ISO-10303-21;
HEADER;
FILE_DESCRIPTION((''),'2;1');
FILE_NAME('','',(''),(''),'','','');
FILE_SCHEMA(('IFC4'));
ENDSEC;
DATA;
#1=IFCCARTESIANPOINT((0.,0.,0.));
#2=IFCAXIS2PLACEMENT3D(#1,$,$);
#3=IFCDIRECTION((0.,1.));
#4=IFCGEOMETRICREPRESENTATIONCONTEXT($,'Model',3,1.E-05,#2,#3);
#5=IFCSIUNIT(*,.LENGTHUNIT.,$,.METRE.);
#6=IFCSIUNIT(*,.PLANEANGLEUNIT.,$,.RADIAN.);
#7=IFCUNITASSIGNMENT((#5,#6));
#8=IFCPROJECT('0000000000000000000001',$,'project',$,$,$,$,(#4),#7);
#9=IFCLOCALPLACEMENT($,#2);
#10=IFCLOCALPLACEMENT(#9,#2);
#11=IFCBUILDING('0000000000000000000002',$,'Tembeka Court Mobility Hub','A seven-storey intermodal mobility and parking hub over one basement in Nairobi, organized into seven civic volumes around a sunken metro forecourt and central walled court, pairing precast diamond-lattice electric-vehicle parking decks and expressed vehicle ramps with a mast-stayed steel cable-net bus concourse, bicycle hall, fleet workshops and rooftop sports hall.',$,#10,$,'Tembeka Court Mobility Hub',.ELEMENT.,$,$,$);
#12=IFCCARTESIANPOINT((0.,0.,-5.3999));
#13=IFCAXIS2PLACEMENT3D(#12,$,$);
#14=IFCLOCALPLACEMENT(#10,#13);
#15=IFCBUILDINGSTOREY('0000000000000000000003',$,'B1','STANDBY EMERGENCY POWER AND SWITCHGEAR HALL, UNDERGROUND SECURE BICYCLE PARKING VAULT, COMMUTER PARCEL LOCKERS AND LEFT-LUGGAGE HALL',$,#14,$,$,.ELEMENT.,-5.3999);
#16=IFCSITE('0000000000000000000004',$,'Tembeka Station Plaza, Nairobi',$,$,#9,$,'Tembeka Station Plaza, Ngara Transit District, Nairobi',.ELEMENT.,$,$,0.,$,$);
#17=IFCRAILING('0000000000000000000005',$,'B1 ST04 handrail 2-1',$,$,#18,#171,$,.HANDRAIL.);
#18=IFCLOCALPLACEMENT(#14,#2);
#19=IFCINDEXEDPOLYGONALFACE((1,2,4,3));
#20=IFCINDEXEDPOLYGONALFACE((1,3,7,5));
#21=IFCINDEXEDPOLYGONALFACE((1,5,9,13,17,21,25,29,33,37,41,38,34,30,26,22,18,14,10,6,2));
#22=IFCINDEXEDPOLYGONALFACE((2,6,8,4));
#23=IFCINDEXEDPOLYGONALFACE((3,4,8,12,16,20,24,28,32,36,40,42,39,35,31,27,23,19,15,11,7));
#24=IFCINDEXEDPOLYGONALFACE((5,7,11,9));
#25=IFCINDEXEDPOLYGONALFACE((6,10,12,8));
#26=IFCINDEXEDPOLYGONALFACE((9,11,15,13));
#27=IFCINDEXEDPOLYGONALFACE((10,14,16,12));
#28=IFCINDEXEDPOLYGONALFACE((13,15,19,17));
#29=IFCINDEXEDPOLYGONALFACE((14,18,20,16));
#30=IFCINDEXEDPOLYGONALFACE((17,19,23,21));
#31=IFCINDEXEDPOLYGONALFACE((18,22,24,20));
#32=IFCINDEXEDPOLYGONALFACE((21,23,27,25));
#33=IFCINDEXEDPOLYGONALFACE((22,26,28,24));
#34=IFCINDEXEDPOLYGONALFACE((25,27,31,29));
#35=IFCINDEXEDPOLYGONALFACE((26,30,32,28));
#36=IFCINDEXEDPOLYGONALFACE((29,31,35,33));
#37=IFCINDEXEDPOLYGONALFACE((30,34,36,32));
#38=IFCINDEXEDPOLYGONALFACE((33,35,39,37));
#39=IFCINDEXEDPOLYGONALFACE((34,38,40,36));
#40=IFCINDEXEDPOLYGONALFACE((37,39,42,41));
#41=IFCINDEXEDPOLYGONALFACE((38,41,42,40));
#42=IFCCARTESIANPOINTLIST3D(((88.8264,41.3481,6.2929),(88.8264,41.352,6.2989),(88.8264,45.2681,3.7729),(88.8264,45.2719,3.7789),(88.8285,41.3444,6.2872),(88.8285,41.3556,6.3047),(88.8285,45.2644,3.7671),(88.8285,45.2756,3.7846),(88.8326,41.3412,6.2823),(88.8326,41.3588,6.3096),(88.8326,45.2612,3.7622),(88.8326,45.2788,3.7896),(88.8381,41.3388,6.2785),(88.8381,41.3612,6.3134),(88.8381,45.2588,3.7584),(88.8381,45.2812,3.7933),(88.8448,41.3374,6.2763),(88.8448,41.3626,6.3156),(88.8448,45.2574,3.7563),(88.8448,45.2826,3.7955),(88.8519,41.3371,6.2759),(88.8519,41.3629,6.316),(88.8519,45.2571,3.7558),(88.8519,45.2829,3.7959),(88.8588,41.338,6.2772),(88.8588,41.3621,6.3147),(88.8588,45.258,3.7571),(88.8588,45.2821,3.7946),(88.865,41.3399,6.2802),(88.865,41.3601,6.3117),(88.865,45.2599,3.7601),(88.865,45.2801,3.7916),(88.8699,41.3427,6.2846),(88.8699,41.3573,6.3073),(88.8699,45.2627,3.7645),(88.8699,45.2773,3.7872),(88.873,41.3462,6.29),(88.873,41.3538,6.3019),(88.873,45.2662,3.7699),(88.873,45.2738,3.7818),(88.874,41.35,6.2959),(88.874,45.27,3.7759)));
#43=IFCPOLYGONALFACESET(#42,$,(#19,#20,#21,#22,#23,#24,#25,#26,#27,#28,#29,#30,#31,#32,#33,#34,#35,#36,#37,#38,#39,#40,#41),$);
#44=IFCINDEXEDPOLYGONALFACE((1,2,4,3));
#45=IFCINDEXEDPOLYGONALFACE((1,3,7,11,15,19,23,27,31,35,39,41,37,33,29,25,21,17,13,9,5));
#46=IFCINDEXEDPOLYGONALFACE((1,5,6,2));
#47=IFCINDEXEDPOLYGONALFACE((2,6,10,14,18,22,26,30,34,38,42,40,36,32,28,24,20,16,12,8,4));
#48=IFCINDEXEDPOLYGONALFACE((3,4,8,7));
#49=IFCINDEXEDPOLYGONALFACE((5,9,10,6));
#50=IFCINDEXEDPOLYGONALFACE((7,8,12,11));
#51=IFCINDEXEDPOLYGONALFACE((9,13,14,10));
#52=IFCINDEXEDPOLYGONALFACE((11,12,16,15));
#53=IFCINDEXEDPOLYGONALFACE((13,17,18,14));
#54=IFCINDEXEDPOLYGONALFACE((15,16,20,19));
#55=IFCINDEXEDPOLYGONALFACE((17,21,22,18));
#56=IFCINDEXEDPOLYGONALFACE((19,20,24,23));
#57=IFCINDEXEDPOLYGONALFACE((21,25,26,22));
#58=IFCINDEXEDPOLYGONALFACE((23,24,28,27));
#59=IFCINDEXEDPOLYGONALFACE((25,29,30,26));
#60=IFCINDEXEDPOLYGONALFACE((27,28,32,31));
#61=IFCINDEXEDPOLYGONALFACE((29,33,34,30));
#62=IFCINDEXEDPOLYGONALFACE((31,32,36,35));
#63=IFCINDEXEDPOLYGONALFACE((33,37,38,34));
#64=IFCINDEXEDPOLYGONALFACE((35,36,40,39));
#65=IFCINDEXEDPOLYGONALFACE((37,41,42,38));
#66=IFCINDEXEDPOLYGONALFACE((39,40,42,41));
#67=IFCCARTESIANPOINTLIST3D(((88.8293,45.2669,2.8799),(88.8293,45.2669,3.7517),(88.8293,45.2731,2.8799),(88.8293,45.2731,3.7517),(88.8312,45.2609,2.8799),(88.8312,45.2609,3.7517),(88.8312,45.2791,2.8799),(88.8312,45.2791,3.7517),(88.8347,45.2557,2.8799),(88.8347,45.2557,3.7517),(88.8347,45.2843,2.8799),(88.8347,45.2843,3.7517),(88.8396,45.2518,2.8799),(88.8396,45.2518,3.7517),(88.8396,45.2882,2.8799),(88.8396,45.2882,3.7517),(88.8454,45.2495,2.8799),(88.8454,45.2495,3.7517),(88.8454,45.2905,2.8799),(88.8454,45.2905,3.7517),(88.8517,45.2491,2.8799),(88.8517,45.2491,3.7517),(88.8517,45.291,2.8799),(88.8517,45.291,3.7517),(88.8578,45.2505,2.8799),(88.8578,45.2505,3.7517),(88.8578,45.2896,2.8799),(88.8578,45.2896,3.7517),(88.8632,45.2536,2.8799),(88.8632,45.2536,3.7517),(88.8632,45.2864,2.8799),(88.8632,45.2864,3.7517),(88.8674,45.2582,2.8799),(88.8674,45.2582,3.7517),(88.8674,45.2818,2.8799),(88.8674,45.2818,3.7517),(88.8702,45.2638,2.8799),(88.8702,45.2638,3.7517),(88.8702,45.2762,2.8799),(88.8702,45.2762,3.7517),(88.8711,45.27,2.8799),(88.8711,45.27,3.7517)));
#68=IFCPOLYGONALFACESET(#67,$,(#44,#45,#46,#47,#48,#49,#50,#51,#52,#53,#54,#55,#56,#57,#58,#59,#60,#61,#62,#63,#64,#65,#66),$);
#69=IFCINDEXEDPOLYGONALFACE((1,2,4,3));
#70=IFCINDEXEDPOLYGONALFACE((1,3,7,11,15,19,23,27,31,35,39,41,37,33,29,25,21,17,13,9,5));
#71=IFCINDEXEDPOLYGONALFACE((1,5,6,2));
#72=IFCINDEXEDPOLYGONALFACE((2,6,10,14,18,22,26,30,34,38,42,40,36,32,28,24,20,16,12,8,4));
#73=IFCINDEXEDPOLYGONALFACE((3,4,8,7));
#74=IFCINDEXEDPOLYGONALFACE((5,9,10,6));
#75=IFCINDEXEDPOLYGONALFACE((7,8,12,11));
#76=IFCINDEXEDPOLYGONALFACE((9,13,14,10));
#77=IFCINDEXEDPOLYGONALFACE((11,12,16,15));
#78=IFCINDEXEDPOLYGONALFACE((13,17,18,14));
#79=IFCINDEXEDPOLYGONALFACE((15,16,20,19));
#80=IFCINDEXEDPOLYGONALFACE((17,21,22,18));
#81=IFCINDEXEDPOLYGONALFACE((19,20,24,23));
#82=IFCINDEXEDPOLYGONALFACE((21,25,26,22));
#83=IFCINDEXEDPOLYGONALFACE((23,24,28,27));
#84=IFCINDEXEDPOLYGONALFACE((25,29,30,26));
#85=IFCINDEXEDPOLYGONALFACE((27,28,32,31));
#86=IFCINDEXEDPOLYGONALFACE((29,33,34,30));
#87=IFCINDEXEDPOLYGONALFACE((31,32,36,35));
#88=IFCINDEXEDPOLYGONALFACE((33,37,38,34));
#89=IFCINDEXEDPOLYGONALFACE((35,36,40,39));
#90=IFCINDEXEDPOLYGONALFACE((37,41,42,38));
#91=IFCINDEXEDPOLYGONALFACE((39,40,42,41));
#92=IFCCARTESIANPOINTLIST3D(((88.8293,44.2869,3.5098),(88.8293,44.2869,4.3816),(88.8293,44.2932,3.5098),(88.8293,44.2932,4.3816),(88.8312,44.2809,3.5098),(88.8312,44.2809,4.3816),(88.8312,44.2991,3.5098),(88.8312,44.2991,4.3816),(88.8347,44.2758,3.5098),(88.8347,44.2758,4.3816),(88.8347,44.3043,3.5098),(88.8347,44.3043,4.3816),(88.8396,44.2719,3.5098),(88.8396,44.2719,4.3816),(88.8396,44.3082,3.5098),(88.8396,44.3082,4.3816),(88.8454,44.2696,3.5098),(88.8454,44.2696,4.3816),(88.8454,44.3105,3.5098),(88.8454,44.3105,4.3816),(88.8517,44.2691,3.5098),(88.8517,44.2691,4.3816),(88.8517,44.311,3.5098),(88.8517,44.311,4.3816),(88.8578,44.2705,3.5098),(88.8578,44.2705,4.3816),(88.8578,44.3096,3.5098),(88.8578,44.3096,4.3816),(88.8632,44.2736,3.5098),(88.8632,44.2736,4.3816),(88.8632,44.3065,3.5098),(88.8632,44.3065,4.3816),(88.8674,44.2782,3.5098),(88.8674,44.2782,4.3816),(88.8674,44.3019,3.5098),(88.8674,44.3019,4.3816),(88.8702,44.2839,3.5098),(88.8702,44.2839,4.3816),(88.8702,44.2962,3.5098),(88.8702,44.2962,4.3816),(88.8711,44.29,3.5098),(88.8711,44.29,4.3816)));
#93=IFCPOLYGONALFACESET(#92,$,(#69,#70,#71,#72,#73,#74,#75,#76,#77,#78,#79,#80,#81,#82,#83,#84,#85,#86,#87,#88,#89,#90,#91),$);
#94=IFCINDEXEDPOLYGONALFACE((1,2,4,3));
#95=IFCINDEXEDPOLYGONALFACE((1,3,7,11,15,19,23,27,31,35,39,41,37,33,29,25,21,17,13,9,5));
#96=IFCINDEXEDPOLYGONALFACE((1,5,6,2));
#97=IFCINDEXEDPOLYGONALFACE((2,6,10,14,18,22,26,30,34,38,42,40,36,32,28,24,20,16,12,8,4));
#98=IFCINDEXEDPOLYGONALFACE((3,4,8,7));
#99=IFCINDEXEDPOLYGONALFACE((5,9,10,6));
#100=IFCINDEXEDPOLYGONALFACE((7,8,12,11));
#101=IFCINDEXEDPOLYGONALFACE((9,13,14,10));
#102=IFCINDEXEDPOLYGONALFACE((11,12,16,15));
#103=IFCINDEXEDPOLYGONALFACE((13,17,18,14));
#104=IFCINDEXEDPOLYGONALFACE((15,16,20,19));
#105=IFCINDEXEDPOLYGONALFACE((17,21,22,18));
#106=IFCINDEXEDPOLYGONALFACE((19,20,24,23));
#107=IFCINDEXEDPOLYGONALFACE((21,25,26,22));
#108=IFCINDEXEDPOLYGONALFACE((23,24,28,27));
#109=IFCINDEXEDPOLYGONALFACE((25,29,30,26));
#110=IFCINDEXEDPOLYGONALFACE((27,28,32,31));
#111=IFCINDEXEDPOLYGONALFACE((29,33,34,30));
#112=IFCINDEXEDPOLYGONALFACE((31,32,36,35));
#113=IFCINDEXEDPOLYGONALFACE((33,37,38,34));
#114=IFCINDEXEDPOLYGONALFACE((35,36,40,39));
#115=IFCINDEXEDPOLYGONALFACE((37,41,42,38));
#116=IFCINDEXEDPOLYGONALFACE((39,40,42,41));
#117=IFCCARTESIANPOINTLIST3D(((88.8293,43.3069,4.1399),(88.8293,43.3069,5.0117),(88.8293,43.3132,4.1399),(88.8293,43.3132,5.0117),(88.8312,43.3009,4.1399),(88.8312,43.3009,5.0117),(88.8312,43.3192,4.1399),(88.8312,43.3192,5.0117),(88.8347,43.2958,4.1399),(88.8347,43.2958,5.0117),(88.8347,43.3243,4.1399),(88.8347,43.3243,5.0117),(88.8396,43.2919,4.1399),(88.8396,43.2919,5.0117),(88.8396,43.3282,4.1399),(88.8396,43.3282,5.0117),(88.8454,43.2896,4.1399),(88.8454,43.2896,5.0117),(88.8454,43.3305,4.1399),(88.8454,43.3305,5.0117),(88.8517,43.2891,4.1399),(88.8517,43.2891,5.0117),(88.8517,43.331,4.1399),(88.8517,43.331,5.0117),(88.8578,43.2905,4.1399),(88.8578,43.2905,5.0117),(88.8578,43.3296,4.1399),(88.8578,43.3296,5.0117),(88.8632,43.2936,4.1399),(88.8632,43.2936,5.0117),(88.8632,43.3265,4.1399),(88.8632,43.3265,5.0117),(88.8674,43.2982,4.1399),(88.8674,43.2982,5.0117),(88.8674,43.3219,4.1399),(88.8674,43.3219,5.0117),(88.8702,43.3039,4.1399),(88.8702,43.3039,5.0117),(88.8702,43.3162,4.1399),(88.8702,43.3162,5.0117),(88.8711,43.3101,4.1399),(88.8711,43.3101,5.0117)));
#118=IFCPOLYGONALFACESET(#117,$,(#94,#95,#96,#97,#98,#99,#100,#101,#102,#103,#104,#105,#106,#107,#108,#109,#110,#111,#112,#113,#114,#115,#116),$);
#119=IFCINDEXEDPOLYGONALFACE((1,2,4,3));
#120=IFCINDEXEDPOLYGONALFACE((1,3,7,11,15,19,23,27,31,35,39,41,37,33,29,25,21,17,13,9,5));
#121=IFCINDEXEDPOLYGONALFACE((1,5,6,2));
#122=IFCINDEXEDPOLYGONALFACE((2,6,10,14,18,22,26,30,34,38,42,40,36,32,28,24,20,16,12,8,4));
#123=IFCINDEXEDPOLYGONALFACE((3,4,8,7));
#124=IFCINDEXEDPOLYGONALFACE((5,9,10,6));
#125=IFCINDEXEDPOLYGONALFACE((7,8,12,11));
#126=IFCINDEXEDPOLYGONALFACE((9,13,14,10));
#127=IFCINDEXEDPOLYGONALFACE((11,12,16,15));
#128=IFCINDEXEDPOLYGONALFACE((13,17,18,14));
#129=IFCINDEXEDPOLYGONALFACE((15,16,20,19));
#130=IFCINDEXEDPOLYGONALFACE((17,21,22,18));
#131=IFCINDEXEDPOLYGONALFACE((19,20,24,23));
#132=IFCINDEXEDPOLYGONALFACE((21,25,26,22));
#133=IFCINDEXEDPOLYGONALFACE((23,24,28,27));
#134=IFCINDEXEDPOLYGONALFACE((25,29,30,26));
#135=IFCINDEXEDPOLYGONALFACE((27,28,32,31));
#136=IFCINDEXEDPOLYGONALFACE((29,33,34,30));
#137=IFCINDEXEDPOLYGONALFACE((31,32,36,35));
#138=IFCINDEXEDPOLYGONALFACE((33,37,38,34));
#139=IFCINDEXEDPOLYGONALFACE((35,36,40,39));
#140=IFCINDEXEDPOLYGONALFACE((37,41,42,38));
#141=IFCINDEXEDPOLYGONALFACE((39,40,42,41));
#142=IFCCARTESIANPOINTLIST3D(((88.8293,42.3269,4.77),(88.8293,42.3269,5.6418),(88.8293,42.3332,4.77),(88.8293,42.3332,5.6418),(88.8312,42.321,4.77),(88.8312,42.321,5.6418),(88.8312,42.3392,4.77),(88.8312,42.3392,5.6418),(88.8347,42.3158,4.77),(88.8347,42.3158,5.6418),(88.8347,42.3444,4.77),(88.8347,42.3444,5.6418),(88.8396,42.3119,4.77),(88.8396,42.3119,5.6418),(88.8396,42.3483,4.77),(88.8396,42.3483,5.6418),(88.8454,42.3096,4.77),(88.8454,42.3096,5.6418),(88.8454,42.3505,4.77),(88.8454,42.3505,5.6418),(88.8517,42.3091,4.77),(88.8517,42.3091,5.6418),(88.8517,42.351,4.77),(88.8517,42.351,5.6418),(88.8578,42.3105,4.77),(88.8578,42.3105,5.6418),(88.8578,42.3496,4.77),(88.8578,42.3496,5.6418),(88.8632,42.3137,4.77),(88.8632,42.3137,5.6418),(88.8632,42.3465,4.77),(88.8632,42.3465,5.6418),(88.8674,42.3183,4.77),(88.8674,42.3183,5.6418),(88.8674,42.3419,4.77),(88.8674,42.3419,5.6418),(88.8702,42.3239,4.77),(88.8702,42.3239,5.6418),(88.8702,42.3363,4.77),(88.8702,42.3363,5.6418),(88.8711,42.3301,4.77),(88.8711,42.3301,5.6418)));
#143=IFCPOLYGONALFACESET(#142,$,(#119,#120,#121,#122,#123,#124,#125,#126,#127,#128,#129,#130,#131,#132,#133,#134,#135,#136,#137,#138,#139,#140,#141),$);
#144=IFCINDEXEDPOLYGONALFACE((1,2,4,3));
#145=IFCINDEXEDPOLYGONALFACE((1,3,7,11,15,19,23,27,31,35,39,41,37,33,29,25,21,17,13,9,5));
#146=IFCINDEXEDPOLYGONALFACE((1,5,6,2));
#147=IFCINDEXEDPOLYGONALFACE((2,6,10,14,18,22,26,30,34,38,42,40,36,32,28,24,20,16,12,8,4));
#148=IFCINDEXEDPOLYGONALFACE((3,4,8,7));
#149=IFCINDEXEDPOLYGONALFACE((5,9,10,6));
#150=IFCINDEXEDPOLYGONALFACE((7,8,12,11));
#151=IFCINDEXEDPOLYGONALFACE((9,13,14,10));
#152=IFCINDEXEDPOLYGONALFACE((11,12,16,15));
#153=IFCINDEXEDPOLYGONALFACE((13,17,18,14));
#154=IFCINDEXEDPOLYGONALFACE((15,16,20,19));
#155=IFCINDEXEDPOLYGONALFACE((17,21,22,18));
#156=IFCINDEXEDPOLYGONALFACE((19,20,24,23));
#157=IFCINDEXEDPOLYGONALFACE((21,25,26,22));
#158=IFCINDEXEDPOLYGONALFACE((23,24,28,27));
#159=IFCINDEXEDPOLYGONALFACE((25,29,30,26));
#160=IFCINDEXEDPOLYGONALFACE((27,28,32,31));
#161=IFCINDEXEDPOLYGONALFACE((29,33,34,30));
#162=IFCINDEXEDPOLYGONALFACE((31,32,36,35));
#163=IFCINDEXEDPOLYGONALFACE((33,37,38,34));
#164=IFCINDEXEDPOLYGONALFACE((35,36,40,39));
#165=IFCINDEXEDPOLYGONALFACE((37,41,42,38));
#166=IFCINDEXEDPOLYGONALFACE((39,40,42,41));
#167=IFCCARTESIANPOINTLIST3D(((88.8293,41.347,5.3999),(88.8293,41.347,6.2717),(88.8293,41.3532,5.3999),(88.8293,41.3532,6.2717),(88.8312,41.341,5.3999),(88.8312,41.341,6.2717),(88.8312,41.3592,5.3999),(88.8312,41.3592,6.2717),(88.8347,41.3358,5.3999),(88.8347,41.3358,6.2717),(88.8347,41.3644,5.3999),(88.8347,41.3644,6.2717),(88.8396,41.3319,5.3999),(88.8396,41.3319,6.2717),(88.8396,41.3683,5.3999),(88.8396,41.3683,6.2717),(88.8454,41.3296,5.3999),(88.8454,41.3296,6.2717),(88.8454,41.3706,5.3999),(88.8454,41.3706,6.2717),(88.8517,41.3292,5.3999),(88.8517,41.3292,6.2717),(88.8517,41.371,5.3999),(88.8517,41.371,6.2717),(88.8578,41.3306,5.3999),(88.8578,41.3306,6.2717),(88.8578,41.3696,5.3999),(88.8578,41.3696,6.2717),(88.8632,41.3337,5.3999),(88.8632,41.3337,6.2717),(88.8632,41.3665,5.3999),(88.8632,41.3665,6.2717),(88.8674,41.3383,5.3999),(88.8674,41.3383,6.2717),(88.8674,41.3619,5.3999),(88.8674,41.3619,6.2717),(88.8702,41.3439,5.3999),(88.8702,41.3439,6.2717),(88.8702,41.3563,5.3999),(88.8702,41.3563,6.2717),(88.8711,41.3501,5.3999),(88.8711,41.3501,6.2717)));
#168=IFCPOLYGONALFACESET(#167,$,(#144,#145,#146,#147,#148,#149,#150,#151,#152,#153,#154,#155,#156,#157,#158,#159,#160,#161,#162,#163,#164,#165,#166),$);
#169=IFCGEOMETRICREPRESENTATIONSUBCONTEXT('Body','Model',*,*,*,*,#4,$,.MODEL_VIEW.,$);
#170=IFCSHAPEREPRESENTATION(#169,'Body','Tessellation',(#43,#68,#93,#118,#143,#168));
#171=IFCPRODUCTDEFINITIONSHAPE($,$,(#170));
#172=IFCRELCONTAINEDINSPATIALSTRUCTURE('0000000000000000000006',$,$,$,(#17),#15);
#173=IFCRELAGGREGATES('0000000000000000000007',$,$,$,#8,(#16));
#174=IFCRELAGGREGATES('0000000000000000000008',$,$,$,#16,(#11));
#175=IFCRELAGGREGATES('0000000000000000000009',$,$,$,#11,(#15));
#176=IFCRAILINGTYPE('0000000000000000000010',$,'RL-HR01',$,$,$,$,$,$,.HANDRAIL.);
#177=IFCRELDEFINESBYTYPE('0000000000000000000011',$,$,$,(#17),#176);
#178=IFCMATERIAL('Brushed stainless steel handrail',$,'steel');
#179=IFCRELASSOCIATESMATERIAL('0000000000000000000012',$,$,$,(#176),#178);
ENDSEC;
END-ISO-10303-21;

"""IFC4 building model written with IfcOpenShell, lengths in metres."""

from ifc_helpers import new_model, si_unit, direction, frame, origin, origin_2d, place, context, subcontext, project, spatial, circle, extrude, material, type_object, element, save


model = new_model("IFC4")

# Units and contexts
model_context = context("Model", 3, precision=1e-05, world=origin(), true_north=direction((0.0, 1.0)))
body_context = subcontext(model_context, "Body", "Model", "MODEL_VIEW")
ifc_project = project(units=[si_unit("LENGTHUNIT", "METRE"), si_unit("PLANEANGLEUNIT", "RADIAN")], contexts=[model_context])

# Site, building, storey
site_placement = place(None, origin())
site = spatial("IfcSite", under=ifc_project, at=site_placement, Name="Tembeka Station Plaza, Nairobi", LongName="Tembeka Station Plaza, Ngara Transit District, Nairobi", CompositionType="ELEMENT", RefElevation=0.0)
building_placement = place(site_placement, origin())
building = spatial("IfcBuilding", under=site, at=building_placement, Name="Tembeka Court Mobility Hub", Description="A seven-storey intermodal mobility and parking hub over one basement in Nairobi, organized into seven civic volumes around a sunken metro forecourt and central walled court, pairing precast diamond-lattice electric-vehicle parking decks and expressed vehicle ramps with a mast-stayed steel cable-net bus concourse, bicycle hall, fleet workshops and rooftop sports hall.", LongName="Tembeka Court Mobility Hub", CompositionType="ELEMENT")
storey_placement = place(building_placement, frame((0.0, 0.0, -5.3999)))
storey = spatial("IfcBuildingStorey", under=building, at=storey_placement, Name="B1", Description="STANDBY EMERGENCY POWER AND SWITCHGEAR HALL, UNDERGROUND SECURE BICYCLE PARKING VAULT, COMMUTER PARCEL LOCKERS AND LEFT-LUGGAGE HALL", CompositionType="ELEMENT", Elevation=-5.3999)

# Railing
ifc_material_1 = material(Name="Brushed stainless steel handrail", Category="steel")
railing_type_1 = type_object("IfcRailingType", Name="RL-HR01", PredefinedType="HANDRAIL", material=ifc_material_1)
railing_1_placement = place(storey_placement, frame((88.8501, 45.27, 2.8799)))
element("IfcRailing", 1, at=railing_1_placement, inside=storey, type_object=railing_type_1, Name="B1 ST04 handrail 2-1", PredefinedType="HANDRAIL", context=body_context, shape_type="SweptSolid", body=[
    extrude(circle(Radius=0.0239, at=origin_2d()), frame((0.0, 0.0, 0.896), z_axis=(0.0, -0.841172, 0.540768), x_axis=(1.0, 0.0, 0.0)), (0.0, 0.0, 1.0), 4.6602),
    extrude(circle(Radius=0.021, at=origin_2d()), origin(), (0.0, 0.0, 1.0), 0.8718),
    extrude(circle(Radius=0.021, at=origin_2d()), frame((0.0, -0.98, 0.6299)), (0.0, 0.0, 1.0), 0.8718),
    extrude(circle(Radius=0.021, at=origin_2d()), frame((0.0, -1.96, 1.26)), (0.0, 0.0, 1.0), 0.8718),
    extrude(circle(Radius=0.021, at=origin_2d()), frame((0.0, -2.9399, 1.8901)), (0.0, 0.0, 1.0), 0.8718),
    extrude(circle(Radius=0.021, at=origin_2d()), frame((0.0, -3.9199, 2.52)), (0.0, 0.0, 1.0), 0.8718),
])

save(model, "model.ifc")
